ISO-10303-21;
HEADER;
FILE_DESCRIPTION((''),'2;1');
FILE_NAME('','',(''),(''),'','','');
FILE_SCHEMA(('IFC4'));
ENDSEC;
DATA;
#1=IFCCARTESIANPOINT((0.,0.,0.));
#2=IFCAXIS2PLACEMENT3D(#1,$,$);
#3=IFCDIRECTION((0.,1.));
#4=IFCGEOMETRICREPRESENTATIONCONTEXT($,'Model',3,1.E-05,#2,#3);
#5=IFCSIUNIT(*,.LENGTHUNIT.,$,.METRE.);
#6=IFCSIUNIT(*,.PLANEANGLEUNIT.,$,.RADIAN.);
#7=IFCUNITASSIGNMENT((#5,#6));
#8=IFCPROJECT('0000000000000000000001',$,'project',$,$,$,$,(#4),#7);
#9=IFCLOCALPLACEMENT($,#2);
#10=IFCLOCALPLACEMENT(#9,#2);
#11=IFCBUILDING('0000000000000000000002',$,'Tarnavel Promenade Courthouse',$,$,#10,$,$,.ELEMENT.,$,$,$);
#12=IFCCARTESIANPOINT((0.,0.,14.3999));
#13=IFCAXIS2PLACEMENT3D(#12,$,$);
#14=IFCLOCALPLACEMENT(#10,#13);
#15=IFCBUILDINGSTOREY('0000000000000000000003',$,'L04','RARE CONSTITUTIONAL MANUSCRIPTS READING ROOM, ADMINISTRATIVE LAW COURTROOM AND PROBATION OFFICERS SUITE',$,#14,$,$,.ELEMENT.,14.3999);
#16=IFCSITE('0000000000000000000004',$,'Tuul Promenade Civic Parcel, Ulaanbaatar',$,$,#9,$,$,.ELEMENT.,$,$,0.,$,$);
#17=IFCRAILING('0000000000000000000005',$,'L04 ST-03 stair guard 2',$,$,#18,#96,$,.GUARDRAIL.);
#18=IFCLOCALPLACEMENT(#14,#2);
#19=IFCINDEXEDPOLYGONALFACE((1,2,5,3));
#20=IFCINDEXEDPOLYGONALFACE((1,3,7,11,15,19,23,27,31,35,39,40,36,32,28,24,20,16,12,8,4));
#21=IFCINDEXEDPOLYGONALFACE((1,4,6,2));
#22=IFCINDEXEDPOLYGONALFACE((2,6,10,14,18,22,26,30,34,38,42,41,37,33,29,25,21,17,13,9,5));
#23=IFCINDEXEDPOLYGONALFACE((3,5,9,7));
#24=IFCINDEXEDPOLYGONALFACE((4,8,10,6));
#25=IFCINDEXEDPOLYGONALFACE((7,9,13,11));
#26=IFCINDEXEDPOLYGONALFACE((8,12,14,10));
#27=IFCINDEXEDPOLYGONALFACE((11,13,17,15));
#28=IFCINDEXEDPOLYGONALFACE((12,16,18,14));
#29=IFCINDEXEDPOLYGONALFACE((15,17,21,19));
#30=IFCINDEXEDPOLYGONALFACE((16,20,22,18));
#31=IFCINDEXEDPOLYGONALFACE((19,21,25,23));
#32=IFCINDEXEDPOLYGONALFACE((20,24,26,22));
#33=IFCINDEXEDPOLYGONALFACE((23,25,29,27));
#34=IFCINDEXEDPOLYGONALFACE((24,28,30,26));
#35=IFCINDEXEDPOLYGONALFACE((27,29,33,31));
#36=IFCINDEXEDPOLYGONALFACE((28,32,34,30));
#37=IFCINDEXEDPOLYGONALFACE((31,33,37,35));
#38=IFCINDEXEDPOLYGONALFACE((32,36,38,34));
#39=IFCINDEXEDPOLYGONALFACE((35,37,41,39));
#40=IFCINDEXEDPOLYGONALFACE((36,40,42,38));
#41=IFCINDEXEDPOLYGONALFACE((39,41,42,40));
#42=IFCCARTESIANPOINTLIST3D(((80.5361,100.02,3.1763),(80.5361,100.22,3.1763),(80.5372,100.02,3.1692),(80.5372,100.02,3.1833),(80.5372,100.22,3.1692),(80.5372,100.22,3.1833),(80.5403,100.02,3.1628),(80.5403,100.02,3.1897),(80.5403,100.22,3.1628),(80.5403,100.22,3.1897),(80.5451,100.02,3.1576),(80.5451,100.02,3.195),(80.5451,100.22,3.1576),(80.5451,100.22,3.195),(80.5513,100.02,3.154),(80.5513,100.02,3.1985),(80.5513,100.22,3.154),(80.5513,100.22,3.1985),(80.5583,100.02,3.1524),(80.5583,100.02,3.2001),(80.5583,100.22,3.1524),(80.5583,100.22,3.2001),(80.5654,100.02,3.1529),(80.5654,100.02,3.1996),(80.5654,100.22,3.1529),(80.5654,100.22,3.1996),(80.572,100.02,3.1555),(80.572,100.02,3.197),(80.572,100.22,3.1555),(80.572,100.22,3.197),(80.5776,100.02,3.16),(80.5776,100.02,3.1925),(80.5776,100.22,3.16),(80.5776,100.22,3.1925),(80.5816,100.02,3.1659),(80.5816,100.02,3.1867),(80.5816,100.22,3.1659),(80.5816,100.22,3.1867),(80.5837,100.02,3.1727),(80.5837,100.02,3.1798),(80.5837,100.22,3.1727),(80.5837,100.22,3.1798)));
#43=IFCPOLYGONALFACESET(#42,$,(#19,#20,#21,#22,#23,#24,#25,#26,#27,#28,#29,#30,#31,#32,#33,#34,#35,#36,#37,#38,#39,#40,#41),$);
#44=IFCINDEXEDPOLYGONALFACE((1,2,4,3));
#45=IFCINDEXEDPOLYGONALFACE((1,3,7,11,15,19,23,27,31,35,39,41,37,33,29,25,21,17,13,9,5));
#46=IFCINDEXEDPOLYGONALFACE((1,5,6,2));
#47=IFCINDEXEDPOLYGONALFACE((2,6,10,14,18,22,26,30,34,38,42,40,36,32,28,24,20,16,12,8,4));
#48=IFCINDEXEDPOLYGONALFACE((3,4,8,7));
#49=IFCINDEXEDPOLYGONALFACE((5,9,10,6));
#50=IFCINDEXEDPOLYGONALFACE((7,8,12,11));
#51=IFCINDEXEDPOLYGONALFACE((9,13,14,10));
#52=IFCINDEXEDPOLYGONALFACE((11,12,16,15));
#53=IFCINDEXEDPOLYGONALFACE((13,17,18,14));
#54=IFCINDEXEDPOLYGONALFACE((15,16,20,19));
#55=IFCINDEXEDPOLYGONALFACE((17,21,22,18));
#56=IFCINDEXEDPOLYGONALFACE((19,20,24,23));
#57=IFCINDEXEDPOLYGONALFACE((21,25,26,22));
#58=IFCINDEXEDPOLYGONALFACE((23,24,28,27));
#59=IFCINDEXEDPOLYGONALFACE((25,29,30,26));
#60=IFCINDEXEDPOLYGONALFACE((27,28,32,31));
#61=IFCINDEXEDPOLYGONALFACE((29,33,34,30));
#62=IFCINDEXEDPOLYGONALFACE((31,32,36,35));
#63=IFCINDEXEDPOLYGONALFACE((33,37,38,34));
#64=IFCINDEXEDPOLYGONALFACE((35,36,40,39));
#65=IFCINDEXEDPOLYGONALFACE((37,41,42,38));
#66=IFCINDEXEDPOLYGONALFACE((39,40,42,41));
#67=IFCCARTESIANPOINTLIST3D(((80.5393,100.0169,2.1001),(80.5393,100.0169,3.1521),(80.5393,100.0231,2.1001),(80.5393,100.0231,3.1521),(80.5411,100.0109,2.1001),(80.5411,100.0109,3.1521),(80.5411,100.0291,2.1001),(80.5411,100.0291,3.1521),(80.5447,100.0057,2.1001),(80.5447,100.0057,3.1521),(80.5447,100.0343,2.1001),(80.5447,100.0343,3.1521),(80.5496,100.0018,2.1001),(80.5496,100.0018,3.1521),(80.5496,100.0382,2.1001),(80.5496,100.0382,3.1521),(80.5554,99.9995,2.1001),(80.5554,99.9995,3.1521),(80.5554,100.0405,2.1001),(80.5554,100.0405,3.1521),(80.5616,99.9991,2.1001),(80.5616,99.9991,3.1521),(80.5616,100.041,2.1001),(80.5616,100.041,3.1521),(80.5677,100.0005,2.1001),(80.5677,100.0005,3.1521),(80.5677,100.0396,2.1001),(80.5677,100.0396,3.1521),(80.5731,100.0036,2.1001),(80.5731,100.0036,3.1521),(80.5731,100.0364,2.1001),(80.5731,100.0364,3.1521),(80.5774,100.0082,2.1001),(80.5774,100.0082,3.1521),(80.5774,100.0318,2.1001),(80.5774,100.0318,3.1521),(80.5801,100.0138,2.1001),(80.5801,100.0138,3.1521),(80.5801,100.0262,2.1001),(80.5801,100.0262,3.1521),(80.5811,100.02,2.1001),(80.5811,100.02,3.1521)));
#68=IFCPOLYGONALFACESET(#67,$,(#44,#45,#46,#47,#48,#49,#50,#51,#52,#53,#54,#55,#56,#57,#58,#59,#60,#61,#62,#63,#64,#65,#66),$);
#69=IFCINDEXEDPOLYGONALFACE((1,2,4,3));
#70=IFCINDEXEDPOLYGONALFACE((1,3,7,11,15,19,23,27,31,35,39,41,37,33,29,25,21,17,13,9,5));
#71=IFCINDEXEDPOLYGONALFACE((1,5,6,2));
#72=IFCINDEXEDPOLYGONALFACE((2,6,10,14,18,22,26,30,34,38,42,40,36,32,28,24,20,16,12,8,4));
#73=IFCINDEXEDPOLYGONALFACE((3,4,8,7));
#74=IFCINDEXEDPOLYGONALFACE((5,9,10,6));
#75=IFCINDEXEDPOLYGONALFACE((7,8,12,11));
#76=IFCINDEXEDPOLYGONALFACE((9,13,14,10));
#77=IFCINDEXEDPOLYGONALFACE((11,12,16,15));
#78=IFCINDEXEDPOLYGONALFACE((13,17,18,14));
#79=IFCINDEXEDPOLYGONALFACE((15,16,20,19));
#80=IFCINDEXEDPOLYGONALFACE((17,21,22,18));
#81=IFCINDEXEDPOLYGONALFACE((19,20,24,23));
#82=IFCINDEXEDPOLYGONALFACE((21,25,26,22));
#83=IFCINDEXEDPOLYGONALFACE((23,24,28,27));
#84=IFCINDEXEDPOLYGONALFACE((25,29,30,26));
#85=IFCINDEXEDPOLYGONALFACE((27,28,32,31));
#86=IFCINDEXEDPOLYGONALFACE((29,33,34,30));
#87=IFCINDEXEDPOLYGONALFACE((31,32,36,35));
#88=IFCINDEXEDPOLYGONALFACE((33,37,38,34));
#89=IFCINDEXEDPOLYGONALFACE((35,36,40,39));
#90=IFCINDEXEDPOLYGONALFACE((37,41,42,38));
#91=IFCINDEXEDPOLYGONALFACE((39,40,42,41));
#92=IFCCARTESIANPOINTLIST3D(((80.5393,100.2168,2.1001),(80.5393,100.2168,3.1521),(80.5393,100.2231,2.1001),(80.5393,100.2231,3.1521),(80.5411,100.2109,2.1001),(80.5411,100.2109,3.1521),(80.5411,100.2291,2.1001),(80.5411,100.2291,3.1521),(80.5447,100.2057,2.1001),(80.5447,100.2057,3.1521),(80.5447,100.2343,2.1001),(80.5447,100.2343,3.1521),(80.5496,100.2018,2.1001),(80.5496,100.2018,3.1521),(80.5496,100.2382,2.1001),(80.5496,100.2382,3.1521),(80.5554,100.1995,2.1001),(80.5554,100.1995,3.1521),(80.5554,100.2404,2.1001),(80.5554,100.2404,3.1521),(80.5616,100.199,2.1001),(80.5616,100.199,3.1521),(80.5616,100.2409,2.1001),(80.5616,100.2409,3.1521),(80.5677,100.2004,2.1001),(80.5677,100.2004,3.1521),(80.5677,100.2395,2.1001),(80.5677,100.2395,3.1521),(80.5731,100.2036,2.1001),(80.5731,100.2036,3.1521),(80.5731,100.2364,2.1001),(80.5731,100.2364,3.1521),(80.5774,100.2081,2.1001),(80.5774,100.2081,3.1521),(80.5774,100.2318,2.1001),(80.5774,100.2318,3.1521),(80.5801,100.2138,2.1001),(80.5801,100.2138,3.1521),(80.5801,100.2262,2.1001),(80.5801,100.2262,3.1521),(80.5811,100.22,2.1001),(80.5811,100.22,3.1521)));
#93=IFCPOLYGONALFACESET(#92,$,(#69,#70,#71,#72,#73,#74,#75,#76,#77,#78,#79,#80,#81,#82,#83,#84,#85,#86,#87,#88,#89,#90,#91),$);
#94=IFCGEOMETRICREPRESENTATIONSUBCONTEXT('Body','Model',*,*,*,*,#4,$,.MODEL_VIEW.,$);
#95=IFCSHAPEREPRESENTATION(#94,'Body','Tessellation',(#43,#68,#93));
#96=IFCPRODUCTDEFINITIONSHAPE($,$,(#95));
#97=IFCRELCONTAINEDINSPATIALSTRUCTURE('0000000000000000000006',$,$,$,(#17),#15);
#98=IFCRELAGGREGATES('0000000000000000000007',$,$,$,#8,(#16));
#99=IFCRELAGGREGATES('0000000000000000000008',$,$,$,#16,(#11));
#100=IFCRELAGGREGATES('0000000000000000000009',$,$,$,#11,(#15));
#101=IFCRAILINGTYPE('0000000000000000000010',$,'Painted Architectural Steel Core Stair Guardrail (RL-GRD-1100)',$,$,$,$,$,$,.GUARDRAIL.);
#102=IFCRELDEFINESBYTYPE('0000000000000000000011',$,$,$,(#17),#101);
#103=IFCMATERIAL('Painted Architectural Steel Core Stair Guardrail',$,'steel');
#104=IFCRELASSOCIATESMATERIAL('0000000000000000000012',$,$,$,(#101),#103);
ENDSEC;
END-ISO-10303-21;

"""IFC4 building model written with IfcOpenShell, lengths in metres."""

from ifc_helpers import new_model, si_unit, direction, frame, origin, origin_2d, place, context, subcontext, project, spatial, circle, extrude, material, type_object, element, save


model = new_model("IFC4")

# Units and contexts
model_context = context("Model", 3, precision=1e-05, world=origin(), true_north=direction((0.0, 1.0)))
body_context = subcontext(model_context, "Body", "Model", "MODEL_VIEW")
ifc_project = project(units=[si_unit("LENGTHUNIT", "METRE"), si_unit("PLANEANGLEUNIT", "RADIAN")], contexts=[model_context])

# Site, building, storey
site_placement = place(None, origin())
site = spatial("IfcSite", under=ifc_project, at=site_placement, Name="Tuul Promenade Civic Parcel, Ulaanbaatar", CompositionType="ELEMENT", RefElevation=0.0)
building_placement = place(site_placement, origin())
building = spatial("IfcBuilding", under=site, at=building_placement, Name="Tarnavel Promenade Courthouse", CompositionType="ELEMENT")
storey_placement = place(building_placement, frame((0.0, 0.0, 14.3999)))
storey = spatial("IfcBuildingStorey", under=building, at=storey_placement, Name="L04", Description="RARE CONSTITUTIONAL MANUSCRIPTS READING ROOM, ADMINISTRATIVE LAW COURTROOM AND PROBATION OFFICERS SUITE", CompositionType="ELEMENT", Elevation=14.3999)

# Railing
ifc_material_1 = material(Name="Painted Architectural Steel Core Stair Guardrail", Category="steel")
railing_type_1 = type_object("IfcRailingType", Name="Painted Architectural Steel Core Stair Guardrail (RL-GRD-1100)", PredefinedType="GUARDRAIL", material=ifc_material_1)
railing_1_placement = place(storey_placement, frame((80.5601, 100.02, 2.1001)))
element("IfcRailing", 1, at=railing_1_placement, inside=storey, type_object=railing_type_1, Name="L04 ST-03 stair guard 2", PredefinedType="GUARDRAIL", context=body_context, shape_type="SweptSolid", body=[
    extrude(circle(Radius=0.0239, at=origin_2d()), frame((0.0, 0.0, 1.0762), z_axis=(0.0, 1.0, 0.0), x_axis=(-1.0, 0.0, 0.0)), (0.0, 0.0, 1.0), 0.2),
    extrude(circle(Radius=0.021, at=origin_2d()), origin(), (0.0, 0.0, 1.0), 1.052),
    extrude(circle(Radius=0.021, at=origin_2d()), frame((0.0, 0.2, 0.0)), (0.0, 0.0, 1.0), 1.052),
])

save(model, "model.ifc")
